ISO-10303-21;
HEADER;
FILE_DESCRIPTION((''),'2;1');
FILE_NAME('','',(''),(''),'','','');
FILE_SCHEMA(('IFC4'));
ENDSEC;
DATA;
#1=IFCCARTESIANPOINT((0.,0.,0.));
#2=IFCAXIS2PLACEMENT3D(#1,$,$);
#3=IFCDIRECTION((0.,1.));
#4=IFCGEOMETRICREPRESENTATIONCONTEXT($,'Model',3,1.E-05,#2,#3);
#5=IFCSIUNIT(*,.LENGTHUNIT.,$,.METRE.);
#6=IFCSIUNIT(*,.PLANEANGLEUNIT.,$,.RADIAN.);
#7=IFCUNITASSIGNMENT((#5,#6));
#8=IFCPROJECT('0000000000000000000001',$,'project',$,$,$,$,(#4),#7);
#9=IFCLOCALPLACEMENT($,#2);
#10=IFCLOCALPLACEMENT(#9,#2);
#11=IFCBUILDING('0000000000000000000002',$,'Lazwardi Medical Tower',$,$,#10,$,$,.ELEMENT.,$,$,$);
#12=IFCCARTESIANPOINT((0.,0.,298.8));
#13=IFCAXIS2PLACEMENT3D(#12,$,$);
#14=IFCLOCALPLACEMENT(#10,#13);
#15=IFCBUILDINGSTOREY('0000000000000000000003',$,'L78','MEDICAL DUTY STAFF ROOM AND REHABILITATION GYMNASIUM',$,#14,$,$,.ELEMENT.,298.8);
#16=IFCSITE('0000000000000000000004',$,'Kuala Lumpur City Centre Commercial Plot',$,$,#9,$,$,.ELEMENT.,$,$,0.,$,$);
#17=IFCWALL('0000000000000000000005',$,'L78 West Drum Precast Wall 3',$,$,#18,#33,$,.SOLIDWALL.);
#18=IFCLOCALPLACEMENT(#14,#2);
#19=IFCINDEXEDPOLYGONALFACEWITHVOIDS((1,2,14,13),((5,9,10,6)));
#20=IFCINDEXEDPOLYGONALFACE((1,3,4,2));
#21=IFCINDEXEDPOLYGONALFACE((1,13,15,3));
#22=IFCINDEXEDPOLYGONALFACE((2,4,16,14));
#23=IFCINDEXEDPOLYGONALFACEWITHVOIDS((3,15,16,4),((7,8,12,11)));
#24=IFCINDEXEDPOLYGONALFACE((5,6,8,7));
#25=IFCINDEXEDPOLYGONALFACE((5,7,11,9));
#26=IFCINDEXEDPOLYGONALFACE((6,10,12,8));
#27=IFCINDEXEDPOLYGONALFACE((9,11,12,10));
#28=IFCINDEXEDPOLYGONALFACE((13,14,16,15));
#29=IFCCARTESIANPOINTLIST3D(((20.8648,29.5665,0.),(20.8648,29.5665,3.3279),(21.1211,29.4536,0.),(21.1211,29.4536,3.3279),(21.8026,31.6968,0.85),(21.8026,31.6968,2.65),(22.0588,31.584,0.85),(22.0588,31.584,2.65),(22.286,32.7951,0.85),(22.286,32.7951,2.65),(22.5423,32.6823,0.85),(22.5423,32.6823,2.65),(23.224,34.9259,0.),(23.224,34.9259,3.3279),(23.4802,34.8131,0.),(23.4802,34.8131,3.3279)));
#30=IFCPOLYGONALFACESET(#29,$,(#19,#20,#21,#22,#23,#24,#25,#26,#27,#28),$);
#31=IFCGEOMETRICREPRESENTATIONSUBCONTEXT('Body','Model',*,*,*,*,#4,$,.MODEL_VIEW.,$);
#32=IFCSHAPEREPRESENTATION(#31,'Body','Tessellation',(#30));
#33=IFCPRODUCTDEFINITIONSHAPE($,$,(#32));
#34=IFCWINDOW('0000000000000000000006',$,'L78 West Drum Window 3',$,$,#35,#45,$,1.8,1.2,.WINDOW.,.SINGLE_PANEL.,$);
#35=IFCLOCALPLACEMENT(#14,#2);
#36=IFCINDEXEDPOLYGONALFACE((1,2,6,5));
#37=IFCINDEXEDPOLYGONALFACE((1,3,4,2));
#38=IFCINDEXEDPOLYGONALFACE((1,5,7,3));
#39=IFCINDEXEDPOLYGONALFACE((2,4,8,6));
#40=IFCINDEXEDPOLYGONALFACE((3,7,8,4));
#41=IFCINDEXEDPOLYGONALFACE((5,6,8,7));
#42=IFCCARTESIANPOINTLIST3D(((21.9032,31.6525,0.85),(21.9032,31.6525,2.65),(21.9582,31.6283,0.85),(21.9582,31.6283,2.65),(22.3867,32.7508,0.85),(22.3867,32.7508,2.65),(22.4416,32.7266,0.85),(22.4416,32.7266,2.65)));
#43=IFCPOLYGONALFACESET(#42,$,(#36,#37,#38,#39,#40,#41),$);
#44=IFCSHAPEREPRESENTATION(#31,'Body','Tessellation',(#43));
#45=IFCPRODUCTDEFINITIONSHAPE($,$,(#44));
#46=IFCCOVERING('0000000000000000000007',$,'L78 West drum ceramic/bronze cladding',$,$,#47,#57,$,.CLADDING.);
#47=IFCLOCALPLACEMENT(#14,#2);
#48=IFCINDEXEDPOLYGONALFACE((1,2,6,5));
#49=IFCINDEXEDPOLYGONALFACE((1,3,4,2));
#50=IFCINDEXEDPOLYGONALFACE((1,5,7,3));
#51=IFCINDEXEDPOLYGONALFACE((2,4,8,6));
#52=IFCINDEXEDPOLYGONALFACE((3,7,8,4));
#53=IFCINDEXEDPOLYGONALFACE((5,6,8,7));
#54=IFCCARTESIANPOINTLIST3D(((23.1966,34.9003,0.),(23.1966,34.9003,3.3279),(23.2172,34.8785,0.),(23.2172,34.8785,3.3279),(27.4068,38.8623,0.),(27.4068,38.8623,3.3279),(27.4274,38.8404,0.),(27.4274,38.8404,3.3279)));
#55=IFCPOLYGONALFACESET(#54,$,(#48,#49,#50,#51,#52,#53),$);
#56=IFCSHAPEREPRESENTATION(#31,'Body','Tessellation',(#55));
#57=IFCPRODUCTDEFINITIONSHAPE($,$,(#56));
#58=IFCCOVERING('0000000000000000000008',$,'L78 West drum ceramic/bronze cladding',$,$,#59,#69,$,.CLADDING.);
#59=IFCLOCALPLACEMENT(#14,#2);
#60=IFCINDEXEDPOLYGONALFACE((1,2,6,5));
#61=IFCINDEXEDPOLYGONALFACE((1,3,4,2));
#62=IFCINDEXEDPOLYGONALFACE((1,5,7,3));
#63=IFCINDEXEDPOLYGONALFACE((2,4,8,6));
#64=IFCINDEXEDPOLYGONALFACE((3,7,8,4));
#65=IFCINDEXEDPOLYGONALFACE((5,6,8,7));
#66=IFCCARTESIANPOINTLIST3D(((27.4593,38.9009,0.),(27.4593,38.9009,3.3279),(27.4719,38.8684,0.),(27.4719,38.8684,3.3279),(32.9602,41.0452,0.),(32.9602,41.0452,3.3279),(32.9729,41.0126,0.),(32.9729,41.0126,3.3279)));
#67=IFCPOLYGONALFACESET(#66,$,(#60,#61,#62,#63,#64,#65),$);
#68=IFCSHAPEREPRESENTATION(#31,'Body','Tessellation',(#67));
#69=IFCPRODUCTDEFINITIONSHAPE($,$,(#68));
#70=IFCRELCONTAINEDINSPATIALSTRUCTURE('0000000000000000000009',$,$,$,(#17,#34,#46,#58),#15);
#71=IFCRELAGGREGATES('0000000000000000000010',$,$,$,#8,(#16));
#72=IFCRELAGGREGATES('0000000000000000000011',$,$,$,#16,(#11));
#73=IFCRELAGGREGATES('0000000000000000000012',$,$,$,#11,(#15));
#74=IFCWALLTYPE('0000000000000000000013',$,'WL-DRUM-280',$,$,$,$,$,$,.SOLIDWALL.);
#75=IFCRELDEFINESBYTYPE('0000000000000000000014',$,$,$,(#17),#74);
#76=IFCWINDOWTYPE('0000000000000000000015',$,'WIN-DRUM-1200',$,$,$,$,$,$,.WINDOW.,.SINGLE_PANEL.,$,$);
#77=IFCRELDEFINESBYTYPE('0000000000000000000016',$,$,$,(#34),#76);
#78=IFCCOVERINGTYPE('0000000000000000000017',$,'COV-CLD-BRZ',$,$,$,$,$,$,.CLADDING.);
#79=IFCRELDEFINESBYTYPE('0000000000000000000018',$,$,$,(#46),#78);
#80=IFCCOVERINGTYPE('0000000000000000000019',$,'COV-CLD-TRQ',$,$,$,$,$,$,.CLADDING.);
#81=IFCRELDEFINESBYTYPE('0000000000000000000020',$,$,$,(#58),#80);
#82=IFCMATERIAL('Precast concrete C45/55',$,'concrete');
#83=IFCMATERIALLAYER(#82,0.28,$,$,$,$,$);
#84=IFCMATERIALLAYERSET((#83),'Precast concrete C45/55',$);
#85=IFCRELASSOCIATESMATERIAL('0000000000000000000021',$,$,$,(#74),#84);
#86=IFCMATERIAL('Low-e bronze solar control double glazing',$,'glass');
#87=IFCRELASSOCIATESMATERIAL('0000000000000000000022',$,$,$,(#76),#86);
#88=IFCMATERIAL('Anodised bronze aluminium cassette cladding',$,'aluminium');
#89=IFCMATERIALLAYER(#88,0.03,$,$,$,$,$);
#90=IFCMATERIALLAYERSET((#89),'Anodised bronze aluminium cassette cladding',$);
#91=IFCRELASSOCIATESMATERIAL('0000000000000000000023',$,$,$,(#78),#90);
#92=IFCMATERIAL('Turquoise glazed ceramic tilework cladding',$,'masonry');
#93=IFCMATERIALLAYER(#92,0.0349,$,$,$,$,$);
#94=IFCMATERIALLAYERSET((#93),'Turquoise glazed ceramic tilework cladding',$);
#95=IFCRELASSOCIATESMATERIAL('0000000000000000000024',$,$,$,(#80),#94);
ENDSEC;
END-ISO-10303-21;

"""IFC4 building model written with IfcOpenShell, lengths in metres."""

from ifc_helpers import new_model, si_unit, direction, frame, frame_2d, origin, origin_2d, place, context, subcontext, project, spatial, rectangle, extrude, material, layer, layer_set, type_object, element, fill, save


model = new_model("IFC4")

# Units and contexts
model_context = context("Model", 3, precision=1e-05, world=origin(), true_north=direction((0.0, 1.0)))
body_context = subcontext(model_context, "Body", "Model", "MODEL_VIEW")
ifc_project = project(units=[si_unit("LENGTHUNIT", "METRE"), si_unit("PLANEANGLEUNIT", "RADIAN")], contexts=[model_context])

# Site, building, storey
site_placement = place(None, origin())
site = spatial("IfcSite", under=ifc_project, at=site_placement, Name="Kuala Lumpur City Centre Commercial Plot", CompositionType="ELEMENT", RefElevation=0.0)
building_placement = place(site_placement, origin())
building = spatial("IfcBuilding", under=site, at=building_placement, Name="Lazwardi Medical Tower", CompositionType="ELEMENT")
storey_placement = place(building_placement, frame((0.0, 0.0, 298.8)))
storey = spatial("IfcBuildingStorey", under=building, at=storey_placement, Name="L78", Description="MEDICAL DUTY STAFF ROOM AND REHABILITATION GYMNASIUM", CompositionType="ELEMENT", Elevation=298.8)

# Wall, opening, window
ifc_material_1 = material(Name="Precast concrete C45/55", Category="concrete")
ifc_layer_1 = layer(ifc_material_1, 0.28)
ifc_layer_set_1 = layer_set([ifc_layer_1], Name="Precast concrete C45/55")
wall_type_1 = type_object("IfcWallType", Name="WL-DRUM-280", PredefinedType="SOLIDWALL", material=ifc_layer_set_1)
ifc_material_2 = material(Name="Low-e bronze solar control double glazing", Category="glass")
window_type = type_object("IfcWindowType", Name="WIN-DRUM-1200", PartitioningType="SINGLE_PANEL", PredefinedType="WINDOW", material=ifc_material_2)
wall_1_placement = place(storey_placement, frame((23.3521, 34.8694, 0.0), z_axis=(0.0, 0.0, 1.0), x_axis=(-0.402883, -0.915252, 0.0)))
wall_1 = element("IfcWall", 1, at=wall_1_placement, inside=storey, type_object=wall_type_1, Name="L78 West Drum Precast Wall 3", PredefinedType="SOLIDWALL", context=body_context, shape_type="SweptSolid", body=[
    extrude(rectangle(XDim=5.8557, YDim=0.28, at=frame_2d((2.9277, 0.0))), origin(), (0.0, 0.0, 1.0), 3.3279),
])
opening_1_placement = place(wall_1_placement, frame((2.3279, 0.0, 0.8501)))
opening_1 = element("IfcOpeningElement", 2, at=opening_1_placement, cuts=wall_1, PredefinedType="OPENING", context=body_context, shape_type="SweptSolid", body=[
    extrude(rectangle(XDim=1.2, YDim=1.8, at=frame_2d((0.6001, 0.8999))), frame((0.0, 0.1499, 0.0), z_axis=(0.0, -1.0, 0.0), x_axis=(1.0, 0.0, 0.0)), (0.0, 0.0, 1.0), 0.3),
])
window_1_placement = place(opening_1_placement, origin())
window_1 = element("IfcWindow", 3, at=window_1_placement, inside=storey, type_object=window_type, Name="L78 West Drum Window 3", OverallHeight=1.8, OverallWidth=1.2, PartitioningType="SINGLE_PANEL", PredefinedType="WINDOW", context=body_context, shape_type="SweptSolid", body=[
    extrude(rectangle(XDim=1.2, YDim=1.8, at=frame_2d((0.6001, 0.8999))), frame((0.0, 0.03, 0.0), z_axis=(0.0, -1.0, 0.0), x_axis=(1.0, 0.0, 0.0)), (0.0, 0.0, 1.0), 0.0601),
])
fill(opening_1, window_1)

# Coverings
ifc_material_3 = material(Name="Anodised bronze aluminium cassette cladding", Category="aluminium")
ifc_layer_2 = layer(ifc_material_3, 0.03)
ifc_layer_set_2 = layer_set([ifc_layer_2], Name="Anodised bronze aluminium cassette cladding")
covering_type_1 = type_object("IfcCoveringType", Name="COV-CLD-BRZ", PredefinedType="CLADDING", material=ifc_layer_set_2)
covering_1_placement = place(storey_placement, frame((25.312, 36.8704, 0.0), z_axis=(0.0, 0.0, 1.0), x_axis=(-0.728255, -0.685306, 0.0)))
element("IfcCovering", 4, at=covering_1_placement, inside=storey, type_object=covering_type_1, Name="L78 West drum ceramic/bronze cladding", PredefinedType="CLADDING", context=body_context, shape_type="SweptSolid", body=[
    extrude(rectangle(XDim=5.7812, YDim=0.03, at=origin_2d()), origin(), (0.0, 0.0, 1.0), 3.3279),
])
ifc_material_4 = material(Name="Turquoise glazed ceramic tilework cladding", Category="masonry")
ifc_layer_3 = layer(ifc_material_4, 0.0349)
ifc_layer_set_3 = layer_set([ifc_layer_3], Name="Turquoise glazed ceramic tilework cladding")
covering_type_2 = type_object("IfcCoveringType", Name="COV-CLD-TRQ", PredefinedType="CLADDING", material=ifc_layer_set_3)
covering_2_placement = place(storey_placement, frame((30.2161, 39.9568, 0.0), z_axis=(0.0, 0.0, 1.0), x_axis=(-0.93172, -0.363176, 0.0)))
element("IfcCovering", 5, at=covering_2_placement, inside=storey, type_object=covering_type_2, Name="L78 West drum ceramic/bronze cladding", PredefinedType="CLADDING", context=body_context, shape_type="SweptSolid", body=[
    extrude(rectangle(XDim=5.9041, YDim=0.0349, at=origin_2d()), origin(), (0.0, 0.0, 1.0), 3.3279),
])

save(model, "model.ifc")
